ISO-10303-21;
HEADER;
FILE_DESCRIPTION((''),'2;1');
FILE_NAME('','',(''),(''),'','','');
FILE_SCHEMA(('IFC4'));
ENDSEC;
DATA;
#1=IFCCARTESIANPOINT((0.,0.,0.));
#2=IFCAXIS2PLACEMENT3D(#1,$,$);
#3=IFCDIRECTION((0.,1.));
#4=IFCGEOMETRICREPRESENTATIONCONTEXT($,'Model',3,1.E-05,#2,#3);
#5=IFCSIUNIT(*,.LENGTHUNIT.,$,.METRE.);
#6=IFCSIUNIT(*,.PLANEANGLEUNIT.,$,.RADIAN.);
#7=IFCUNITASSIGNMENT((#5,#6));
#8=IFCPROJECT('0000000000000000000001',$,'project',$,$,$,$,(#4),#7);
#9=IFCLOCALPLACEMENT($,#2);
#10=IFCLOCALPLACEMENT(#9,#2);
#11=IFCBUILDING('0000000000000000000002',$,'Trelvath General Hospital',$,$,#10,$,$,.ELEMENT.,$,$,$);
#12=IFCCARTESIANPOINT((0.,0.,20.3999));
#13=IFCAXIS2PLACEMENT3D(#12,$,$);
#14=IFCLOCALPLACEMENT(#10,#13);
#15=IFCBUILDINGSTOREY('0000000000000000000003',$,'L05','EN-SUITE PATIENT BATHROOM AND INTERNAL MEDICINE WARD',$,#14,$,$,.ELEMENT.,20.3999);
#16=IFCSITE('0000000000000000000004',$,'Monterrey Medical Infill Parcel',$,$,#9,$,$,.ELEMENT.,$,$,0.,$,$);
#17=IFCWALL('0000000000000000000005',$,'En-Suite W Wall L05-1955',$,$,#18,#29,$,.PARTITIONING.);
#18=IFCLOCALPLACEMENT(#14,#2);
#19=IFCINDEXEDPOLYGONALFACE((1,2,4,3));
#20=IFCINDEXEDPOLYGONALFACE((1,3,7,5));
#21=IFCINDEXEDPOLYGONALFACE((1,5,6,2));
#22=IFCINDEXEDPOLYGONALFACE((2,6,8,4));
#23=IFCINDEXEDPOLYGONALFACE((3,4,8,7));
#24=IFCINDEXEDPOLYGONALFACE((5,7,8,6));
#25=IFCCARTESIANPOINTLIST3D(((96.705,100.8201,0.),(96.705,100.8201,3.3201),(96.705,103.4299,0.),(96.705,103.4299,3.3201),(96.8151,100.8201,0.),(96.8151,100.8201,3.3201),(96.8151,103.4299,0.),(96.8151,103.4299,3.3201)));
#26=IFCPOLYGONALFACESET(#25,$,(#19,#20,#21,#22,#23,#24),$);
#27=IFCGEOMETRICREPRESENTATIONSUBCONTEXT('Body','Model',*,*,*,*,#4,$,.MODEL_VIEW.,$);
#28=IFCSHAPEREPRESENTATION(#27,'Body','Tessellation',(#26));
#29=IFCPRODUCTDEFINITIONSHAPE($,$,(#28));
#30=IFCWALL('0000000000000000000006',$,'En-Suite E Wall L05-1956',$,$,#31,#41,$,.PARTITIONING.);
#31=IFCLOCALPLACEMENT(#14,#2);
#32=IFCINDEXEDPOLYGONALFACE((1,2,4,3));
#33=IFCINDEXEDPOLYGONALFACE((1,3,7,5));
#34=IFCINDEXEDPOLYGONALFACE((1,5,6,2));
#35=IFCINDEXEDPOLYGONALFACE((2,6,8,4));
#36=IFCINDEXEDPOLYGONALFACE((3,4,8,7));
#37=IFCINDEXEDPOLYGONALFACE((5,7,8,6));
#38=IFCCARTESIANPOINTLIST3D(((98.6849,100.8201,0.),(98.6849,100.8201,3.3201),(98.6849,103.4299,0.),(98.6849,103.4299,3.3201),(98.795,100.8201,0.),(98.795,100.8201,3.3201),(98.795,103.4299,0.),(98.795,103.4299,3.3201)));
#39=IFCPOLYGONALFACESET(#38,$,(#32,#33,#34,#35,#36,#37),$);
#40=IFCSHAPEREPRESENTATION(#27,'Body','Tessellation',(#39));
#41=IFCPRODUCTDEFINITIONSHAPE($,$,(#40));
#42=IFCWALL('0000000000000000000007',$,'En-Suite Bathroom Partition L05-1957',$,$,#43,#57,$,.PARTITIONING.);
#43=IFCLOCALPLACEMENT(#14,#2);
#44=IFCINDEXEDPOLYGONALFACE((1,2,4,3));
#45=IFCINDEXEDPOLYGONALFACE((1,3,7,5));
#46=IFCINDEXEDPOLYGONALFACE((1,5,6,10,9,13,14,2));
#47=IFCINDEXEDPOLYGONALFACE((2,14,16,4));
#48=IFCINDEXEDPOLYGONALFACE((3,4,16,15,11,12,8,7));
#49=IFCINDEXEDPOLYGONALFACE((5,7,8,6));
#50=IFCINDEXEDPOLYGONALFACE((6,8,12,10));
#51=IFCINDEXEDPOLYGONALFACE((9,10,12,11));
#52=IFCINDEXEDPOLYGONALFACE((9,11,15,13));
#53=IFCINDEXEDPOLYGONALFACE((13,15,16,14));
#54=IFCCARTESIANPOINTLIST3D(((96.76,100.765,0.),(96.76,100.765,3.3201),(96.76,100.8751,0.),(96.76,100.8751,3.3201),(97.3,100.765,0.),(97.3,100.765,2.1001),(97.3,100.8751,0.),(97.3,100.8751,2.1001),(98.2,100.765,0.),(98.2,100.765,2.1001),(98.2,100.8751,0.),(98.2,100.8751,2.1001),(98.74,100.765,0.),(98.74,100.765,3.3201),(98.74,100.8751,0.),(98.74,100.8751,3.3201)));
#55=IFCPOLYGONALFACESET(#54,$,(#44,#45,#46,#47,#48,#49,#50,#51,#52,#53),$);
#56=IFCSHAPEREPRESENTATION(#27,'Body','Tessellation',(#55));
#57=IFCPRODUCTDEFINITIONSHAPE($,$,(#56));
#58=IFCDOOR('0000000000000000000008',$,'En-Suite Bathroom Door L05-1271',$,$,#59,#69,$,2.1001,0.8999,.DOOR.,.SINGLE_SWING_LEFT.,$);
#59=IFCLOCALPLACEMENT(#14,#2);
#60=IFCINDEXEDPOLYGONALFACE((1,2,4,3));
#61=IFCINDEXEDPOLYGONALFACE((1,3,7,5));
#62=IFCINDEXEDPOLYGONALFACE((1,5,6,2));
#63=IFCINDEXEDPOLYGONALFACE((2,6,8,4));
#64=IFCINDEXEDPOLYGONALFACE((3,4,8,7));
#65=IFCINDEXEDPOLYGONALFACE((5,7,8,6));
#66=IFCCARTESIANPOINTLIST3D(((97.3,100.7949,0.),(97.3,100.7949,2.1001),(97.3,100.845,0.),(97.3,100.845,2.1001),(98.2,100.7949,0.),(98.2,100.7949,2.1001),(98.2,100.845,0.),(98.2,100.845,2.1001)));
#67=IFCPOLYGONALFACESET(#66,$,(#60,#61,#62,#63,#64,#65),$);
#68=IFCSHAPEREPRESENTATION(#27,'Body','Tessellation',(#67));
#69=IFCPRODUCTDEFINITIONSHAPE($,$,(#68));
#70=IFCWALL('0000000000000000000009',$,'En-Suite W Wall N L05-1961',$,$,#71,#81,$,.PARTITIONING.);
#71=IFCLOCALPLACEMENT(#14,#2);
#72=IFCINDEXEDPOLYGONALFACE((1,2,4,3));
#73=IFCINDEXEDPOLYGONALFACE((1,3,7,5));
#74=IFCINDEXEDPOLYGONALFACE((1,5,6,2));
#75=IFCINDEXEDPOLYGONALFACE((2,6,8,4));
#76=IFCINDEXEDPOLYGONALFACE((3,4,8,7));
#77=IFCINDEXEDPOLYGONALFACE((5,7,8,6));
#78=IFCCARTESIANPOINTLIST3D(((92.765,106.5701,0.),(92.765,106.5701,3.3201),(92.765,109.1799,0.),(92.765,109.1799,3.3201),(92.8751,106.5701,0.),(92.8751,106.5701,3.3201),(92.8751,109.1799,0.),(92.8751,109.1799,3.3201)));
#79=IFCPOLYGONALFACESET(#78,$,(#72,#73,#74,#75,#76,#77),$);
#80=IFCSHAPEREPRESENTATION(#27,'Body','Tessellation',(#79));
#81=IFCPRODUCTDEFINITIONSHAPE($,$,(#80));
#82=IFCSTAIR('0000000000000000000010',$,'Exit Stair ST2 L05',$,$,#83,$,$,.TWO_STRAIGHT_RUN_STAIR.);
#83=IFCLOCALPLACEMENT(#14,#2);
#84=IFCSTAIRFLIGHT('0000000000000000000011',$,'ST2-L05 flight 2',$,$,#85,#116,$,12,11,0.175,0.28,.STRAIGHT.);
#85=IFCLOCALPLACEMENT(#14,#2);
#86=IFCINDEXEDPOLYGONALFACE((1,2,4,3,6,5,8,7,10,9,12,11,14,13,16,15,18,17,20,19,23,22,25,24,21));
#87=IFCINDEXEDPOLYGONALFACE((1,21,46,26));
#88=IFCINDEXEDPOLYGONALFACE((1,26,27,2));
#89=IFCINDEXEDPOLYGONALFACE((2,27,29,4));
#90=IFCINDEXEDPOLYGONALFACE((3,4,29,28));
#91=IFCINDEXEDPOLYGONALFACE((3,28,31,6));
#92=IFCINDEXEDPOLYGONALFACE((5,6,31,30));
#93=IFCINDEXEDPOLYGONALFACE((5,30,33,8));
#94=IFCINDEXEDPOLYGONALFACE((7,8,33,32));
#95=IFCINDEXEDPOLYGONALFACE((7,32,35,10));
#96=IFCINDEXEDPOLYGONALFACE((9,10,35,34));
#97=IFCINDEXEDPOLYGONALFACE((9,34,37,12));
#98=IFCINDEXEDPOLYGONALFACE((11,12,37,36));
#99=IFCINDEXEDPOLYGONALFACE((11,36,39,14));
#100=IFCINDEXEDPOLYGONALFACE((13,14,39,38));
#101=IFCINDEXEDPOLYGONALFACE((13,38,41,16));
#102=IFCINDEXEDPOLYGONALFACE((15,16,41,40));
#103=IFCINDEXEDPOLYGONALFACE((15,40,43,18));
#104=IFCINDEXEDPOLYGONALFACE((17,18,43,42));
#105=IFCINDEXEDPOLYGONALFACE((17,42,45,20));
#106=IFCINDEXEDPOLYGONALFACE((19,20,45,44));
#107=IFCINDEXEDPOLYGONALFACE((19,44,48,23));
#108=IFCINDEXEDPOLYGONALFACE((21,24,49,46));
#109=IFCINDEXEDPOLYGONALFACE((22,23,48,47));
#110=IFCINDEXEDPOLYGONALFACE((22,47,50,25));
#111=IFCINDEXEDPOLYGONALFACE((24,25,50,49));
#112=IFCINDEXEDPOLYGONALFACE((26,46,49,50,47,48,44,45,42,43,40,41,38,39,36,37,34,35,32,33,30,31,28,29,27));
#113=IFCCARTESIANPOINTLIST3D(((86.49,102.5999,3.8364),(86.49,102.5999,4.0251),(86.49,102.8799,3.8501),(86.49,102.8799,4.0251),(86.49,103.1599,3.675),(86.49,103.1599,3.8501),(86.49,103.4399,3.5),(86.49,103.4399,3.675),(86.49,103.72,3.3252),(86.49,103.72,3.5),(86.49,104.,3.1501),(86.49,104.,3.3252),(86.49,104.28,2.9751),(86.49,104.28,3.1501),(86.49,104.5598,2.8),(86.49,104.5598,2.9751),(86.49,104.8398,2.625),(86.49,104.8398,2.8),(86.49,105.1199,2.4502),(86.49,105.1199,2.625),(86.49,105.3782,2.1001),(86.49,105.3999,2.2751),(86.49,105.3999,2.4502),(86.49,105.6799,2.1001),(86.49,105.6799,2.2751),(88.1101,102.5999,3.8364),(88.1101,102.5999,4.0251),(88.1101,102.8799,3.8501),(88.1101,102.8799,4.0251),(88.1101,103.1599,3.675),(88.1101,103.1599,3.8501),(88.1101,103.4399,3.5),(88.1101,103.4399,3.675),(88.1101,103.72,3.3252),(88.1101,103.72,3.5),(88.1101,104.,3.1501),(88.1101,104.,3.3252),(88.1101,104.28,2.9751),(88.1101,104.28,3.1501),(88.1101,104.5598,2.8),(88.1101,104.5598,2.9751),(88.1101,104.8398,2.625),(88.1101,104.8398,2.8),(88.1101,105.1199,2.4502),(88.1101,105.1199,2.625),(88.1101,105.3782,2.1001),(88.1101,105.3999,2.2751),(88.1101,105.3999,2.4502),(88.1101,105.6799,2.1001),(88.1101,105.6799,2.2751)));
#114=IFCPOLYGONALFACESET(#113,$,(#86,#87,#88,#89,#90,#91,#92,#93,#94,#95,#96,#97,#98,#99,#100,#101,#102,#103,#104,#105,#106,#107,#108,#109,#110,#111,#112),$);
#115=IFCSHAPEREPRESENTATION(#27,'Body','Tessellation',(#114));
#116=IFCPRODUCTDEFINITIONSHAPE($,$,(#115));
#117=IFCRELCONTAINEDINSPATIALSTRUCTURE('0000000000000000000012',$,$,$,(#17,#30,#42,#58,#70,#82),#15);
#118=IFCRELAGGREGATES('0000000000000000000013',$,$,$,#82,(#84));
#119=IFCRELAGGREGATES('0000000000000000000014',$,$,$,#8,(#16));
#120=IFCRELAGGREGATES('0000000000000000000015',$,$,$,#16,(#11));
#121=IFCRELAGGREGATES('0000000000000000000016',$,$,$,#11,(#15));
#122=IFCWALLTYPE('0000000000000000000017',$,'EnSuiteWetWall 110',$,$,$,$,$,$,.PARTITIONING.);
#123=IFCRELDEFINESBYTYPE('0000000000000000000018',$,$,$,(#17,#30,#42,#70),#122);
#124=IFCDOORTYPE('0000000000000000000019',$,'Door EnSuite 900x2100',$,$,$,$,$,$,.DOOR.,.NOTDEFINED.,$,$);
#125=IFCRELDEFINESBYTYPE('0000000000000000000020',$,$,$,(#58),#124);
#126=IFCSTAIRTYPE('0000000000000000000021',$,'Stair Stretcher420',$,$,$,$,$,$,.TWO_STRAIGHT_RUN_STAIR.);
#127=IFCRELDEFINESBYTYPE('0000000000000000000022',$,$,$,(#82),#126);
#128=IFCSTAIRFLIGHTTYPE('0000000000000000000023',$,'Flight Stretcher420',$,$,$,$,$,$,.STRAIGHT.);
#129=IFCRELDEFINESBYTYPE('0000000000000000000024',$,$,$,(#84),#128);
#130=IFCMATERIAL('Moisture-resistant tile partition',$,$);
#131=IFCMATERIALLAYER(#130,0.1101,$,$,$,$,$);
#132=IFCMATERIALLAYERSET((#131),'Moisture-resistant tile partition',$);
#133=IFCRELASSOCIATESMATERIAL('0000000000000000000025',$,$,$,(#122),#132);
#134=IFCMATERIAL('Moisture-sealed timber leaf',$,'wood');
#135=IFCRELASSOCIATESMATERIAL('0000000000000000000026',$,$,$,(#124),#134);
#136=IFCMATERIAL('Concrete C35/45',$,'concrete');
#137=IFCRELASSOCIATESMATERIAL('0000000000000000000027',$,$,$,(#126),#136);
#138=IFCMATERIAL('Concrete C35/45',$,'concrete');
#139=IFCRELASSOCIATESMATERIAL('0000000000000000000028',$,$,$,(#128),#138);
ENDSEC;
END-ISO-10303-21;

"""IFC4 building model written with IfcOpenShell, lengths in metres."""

from ifc_helpers import new_model, si_unit, direction, frame, frame_2d, origin, place, context, subcontext, project, spatial, polyline, rectangle, outline, extrude, material, layer, layer_set, type_object, element, fill, aggregate, save


model = new_model("IFC4")

# Units and contexts
model_context = context("Model", 3, precision=1e-05, world=origin(), true_north=direction((0.0, 1.0)))
body_context = subcontext(model_context, "Body", "Model", "MODEL_VIEW")
ifc_project = project(units=[si_unit("LENGTHUNIT", "METRE"), si_unit("PLANEANGLEUNIT", "RADIAN")], contexts=[model_context])

# Site, building, storey
site_placement = place(None, origin())
site = spatial("IfcSite", under=ifc_project, at=site_placement, Name="Monterrey Medical Infill Parcel", CompositionType="ELEMENT", RefElevation=0.0)
building_placement = place(site_placement, origin())
building = spatial("IfcBuilding", under=site, at=building_placement, Name="Trelvath General Hospital", CompositionType="ELEMENT")
storey_placement = place(building_placement, frame((0.0, 0.0, 20.3999)))
storey = spatial("IfcBuildingStorey", under=building, at=storey_placement, Name="L05", Description="EN-SUITE PATIENT BATHROOM AND INTERNAL MEDICINE WARD", CompositionType="ELEMENT", Elevation=20.3999)

# Walls
ifc_material_1 = material(Name="Moisture-resistant tile partition")
ifc_layer_1 = layer(ifc_material_1, 0.1101)
ifc_layer_set_1 = layer_set([ifc_layer_1], Name="Moisture-resistant tile partition")
wall_type_1 = type_object("IfcWallType", Name="EnSuiteWetWall 110", PredefinedType="PARTITIONING", material=ifc_layer_set_1)
for number, where, z_axis, x_axis, name in (
    (1, (96.76, 100.8201, 0.0), (0.0, 0.0, 1.0), (0.0, 1.0, 0.0), "En-Suite W Wall L05-1955"),
    (2, (98.74, 100.8201, 0.0), (0.0, 0.0, 1.0), (0.0, 1.0, 0.0), "En-Suite E Wall L05-1956"),
):
    element("IfcWall", number, at=place(storey_placement, frame(where, z_axis=z_axis, x_axis=x_axis)), inside=storey, type_object=wall_type_1, Name=name, PredefinedType="PARTITIONING", context=body_context, shape_type="SweptSolid", body=[
        extrude(rectangle(XDim=2.6099, YDim=0.1101, at=frame_2d((1.3049, 0.0))), origin(), (0.0, 0.0, 1.0), 3.3201),
    ])

# Wall, opening, door
wall_1_placement = place(storey_placement, frame((96.76, 100.8201, 0.0), z_axis=(0.0, 0.0, 1.0), x_axis=(1.0, 0.0, 0.0)))
wall_1 = element("IfcWall", 3, at=wall_1_placement, inside=storey, type_object=wall_type_1, Name="En-Suite Bathroom Partition L05-1957", PredefinedType="PARTITIONING", context=body_context, shape_type="SweptSolid", body=[
    extrude(rectangle(XDim=1.98, YDim=0.1101, at=frame_2d((0.99, 0.0))), origin(), (0.0, 0.0, 1.0), 3.3201),
])
opening_1_placement = place(wall_1_placement, frame((0.54, 0.0, 0.0)))
opening_1 = element("IfcOpeningElement", 4, at=opening_1_placement, cuts=wall_1, PredefinedType="OPENING", context=body_context, shape_type="SweptSolid", body=[
    extrude(rectangle(XDim=0.8999, YDim=2.1001, at=frame_2d((0.45, 1.05))), frame((0.0, 0.0649, 0.0), z_axis=(0.0, -1.0, 0.0), x_axis=(1.0, 0.0, 0.0)), (0.0, 0.0, 1.0), 0.1301),
])
ifc_material_2 = material(Name="Moisture-sealed timber leaf", Category="wood")
door_type_1 = type_object("IfcDoorType", Name="Door EnSuite 900x2100", OperationType="NOTDEFINED", PredefinedType="DOOR", material=ifc_material_2)
door_1_placement = place(opening_1_placement, origin())
door_1 = element("IfcDoor", 5, at=door_1_placement, inside=storey, type_object=door_type_1, Name="En-Suite Bathroom Door L05-1271", OperationType="SINGLE_SWING_LEFT", OverallHeight=2.1001, OverallWidth=0.8999, PredefinedType="DOOR", context=body_context, shape_type="SweptSolid", body=[
    extrude(rectangle(XDim=0.8999, YDim=2.1001, at=frame_2d((0.45, 1.05))), frame((0.0, 0.0249, 0.0), z_axis=(0.0, -1.0, 0.0), x_axis=(1.0, 0.0, 0.0)), (0.0, 0.0, 1.0), 0.05),
])
fill(opening_1, door_1)

# Wall
wall_2_placement = place(storey_placement, frame((92.8201, 106.5701, 0.0), z_axis=(0.0, 0.0, 1.0), x_axis=(0.0, 1.0, 0.0)))
element("IfcWall", 6, at=wall_2_placement, inside=storey, type_object=wall_type_1, Name="En-Suite W Wall N L05-1961", PredefinedType="PARTITIONING", context=body_context, shape_type="SweptSolid", body=[
    extrude(rectangle(XDim=2.6099, YDim=0.1101, at=frame_2d((1.3049, 0.0))), origin(), (0.0, 0.0, 1.0), 3.3201),
])

# Stair, stair flight
ifc_material_3 = material(Name="Concrete C35/45", Category="concrete")
stair_type = type_object("IfcStairType", Name="Stair Stretcher420", PredefinedType="TWO_STRAIGHT_RUN_STAIR", material=ifc_material_3)
stair_placement = place(storey_placement, origin())
stair = element("IfcStair", 7, at=stair_placement, inside=storey, type_object=stair_type, Name="Exit Stair ST2 L05", PredefinedType="TWO_STRAIGHT_RUN_STAIR")
ifc_material_4 = material(Name="Concrete C35/45", Category="concrete")
stair_flight_type = type_object("IfcStairFlightType", Name="Flight Stretcher420", PredefinedType="STRAIGHT", material=ifc_material_4)
stair_flight_placement = place(storey_placement, frame((87.3, 105.6799, 2.1001), z_axis=(0.0, 0.0, 1.0), x_axis=(0.0, -1.0, 0.0)))
stair_flight = element("IfcStairFlight", 8, at=stair_flight_placement, type_object=stair_flight_type, Name="ST2-L05 flight 2", NumberOfRisers=12, NumberOfTreads=11, PredefinedType="STRAIGHT", RiserHeight=0.175, TreadLength=0.28, context=body_context, shape_type="SweptSolid", body=[
    extrude(outline(polyline([(0.0, 0.0), (0.0, 0.175), (0.28, 0.175), (0.28, 0.3501), (0.5601, 0.3501), (0.5601, 0.5249), (0.8401, 0.5249), (0.8401, 0.7), (1.1201, 0.7), (1.1201, 0.875), (1.3999, 0.875), (1.3999, 1.05), (1.6799, 1.05), (1.6799, 1.2251), (1.96, 1.2251), (1.96, 1.3999), (2.24, 1.3999), (2.24, 1.575), (2.52, 1.575), (2.52, 1.75), (2.8, 1.75), (2.8, 1.925), (3.0801, 1.925), (3.0801, 2.1001), (3.0801, 1.7363), (0.3018, 0.0), (0.0, 0.0)])), frame((0.0, 0.8101, 0.0), z_axis=(0.0, -1.0, 0.0), x_axis=(1.0, 0.0, 0.0)), (0.0, 0.0, 1.0), 1.6201),
])
aggregate(stair, [stair_flight])

save(model, "model.ifc")
